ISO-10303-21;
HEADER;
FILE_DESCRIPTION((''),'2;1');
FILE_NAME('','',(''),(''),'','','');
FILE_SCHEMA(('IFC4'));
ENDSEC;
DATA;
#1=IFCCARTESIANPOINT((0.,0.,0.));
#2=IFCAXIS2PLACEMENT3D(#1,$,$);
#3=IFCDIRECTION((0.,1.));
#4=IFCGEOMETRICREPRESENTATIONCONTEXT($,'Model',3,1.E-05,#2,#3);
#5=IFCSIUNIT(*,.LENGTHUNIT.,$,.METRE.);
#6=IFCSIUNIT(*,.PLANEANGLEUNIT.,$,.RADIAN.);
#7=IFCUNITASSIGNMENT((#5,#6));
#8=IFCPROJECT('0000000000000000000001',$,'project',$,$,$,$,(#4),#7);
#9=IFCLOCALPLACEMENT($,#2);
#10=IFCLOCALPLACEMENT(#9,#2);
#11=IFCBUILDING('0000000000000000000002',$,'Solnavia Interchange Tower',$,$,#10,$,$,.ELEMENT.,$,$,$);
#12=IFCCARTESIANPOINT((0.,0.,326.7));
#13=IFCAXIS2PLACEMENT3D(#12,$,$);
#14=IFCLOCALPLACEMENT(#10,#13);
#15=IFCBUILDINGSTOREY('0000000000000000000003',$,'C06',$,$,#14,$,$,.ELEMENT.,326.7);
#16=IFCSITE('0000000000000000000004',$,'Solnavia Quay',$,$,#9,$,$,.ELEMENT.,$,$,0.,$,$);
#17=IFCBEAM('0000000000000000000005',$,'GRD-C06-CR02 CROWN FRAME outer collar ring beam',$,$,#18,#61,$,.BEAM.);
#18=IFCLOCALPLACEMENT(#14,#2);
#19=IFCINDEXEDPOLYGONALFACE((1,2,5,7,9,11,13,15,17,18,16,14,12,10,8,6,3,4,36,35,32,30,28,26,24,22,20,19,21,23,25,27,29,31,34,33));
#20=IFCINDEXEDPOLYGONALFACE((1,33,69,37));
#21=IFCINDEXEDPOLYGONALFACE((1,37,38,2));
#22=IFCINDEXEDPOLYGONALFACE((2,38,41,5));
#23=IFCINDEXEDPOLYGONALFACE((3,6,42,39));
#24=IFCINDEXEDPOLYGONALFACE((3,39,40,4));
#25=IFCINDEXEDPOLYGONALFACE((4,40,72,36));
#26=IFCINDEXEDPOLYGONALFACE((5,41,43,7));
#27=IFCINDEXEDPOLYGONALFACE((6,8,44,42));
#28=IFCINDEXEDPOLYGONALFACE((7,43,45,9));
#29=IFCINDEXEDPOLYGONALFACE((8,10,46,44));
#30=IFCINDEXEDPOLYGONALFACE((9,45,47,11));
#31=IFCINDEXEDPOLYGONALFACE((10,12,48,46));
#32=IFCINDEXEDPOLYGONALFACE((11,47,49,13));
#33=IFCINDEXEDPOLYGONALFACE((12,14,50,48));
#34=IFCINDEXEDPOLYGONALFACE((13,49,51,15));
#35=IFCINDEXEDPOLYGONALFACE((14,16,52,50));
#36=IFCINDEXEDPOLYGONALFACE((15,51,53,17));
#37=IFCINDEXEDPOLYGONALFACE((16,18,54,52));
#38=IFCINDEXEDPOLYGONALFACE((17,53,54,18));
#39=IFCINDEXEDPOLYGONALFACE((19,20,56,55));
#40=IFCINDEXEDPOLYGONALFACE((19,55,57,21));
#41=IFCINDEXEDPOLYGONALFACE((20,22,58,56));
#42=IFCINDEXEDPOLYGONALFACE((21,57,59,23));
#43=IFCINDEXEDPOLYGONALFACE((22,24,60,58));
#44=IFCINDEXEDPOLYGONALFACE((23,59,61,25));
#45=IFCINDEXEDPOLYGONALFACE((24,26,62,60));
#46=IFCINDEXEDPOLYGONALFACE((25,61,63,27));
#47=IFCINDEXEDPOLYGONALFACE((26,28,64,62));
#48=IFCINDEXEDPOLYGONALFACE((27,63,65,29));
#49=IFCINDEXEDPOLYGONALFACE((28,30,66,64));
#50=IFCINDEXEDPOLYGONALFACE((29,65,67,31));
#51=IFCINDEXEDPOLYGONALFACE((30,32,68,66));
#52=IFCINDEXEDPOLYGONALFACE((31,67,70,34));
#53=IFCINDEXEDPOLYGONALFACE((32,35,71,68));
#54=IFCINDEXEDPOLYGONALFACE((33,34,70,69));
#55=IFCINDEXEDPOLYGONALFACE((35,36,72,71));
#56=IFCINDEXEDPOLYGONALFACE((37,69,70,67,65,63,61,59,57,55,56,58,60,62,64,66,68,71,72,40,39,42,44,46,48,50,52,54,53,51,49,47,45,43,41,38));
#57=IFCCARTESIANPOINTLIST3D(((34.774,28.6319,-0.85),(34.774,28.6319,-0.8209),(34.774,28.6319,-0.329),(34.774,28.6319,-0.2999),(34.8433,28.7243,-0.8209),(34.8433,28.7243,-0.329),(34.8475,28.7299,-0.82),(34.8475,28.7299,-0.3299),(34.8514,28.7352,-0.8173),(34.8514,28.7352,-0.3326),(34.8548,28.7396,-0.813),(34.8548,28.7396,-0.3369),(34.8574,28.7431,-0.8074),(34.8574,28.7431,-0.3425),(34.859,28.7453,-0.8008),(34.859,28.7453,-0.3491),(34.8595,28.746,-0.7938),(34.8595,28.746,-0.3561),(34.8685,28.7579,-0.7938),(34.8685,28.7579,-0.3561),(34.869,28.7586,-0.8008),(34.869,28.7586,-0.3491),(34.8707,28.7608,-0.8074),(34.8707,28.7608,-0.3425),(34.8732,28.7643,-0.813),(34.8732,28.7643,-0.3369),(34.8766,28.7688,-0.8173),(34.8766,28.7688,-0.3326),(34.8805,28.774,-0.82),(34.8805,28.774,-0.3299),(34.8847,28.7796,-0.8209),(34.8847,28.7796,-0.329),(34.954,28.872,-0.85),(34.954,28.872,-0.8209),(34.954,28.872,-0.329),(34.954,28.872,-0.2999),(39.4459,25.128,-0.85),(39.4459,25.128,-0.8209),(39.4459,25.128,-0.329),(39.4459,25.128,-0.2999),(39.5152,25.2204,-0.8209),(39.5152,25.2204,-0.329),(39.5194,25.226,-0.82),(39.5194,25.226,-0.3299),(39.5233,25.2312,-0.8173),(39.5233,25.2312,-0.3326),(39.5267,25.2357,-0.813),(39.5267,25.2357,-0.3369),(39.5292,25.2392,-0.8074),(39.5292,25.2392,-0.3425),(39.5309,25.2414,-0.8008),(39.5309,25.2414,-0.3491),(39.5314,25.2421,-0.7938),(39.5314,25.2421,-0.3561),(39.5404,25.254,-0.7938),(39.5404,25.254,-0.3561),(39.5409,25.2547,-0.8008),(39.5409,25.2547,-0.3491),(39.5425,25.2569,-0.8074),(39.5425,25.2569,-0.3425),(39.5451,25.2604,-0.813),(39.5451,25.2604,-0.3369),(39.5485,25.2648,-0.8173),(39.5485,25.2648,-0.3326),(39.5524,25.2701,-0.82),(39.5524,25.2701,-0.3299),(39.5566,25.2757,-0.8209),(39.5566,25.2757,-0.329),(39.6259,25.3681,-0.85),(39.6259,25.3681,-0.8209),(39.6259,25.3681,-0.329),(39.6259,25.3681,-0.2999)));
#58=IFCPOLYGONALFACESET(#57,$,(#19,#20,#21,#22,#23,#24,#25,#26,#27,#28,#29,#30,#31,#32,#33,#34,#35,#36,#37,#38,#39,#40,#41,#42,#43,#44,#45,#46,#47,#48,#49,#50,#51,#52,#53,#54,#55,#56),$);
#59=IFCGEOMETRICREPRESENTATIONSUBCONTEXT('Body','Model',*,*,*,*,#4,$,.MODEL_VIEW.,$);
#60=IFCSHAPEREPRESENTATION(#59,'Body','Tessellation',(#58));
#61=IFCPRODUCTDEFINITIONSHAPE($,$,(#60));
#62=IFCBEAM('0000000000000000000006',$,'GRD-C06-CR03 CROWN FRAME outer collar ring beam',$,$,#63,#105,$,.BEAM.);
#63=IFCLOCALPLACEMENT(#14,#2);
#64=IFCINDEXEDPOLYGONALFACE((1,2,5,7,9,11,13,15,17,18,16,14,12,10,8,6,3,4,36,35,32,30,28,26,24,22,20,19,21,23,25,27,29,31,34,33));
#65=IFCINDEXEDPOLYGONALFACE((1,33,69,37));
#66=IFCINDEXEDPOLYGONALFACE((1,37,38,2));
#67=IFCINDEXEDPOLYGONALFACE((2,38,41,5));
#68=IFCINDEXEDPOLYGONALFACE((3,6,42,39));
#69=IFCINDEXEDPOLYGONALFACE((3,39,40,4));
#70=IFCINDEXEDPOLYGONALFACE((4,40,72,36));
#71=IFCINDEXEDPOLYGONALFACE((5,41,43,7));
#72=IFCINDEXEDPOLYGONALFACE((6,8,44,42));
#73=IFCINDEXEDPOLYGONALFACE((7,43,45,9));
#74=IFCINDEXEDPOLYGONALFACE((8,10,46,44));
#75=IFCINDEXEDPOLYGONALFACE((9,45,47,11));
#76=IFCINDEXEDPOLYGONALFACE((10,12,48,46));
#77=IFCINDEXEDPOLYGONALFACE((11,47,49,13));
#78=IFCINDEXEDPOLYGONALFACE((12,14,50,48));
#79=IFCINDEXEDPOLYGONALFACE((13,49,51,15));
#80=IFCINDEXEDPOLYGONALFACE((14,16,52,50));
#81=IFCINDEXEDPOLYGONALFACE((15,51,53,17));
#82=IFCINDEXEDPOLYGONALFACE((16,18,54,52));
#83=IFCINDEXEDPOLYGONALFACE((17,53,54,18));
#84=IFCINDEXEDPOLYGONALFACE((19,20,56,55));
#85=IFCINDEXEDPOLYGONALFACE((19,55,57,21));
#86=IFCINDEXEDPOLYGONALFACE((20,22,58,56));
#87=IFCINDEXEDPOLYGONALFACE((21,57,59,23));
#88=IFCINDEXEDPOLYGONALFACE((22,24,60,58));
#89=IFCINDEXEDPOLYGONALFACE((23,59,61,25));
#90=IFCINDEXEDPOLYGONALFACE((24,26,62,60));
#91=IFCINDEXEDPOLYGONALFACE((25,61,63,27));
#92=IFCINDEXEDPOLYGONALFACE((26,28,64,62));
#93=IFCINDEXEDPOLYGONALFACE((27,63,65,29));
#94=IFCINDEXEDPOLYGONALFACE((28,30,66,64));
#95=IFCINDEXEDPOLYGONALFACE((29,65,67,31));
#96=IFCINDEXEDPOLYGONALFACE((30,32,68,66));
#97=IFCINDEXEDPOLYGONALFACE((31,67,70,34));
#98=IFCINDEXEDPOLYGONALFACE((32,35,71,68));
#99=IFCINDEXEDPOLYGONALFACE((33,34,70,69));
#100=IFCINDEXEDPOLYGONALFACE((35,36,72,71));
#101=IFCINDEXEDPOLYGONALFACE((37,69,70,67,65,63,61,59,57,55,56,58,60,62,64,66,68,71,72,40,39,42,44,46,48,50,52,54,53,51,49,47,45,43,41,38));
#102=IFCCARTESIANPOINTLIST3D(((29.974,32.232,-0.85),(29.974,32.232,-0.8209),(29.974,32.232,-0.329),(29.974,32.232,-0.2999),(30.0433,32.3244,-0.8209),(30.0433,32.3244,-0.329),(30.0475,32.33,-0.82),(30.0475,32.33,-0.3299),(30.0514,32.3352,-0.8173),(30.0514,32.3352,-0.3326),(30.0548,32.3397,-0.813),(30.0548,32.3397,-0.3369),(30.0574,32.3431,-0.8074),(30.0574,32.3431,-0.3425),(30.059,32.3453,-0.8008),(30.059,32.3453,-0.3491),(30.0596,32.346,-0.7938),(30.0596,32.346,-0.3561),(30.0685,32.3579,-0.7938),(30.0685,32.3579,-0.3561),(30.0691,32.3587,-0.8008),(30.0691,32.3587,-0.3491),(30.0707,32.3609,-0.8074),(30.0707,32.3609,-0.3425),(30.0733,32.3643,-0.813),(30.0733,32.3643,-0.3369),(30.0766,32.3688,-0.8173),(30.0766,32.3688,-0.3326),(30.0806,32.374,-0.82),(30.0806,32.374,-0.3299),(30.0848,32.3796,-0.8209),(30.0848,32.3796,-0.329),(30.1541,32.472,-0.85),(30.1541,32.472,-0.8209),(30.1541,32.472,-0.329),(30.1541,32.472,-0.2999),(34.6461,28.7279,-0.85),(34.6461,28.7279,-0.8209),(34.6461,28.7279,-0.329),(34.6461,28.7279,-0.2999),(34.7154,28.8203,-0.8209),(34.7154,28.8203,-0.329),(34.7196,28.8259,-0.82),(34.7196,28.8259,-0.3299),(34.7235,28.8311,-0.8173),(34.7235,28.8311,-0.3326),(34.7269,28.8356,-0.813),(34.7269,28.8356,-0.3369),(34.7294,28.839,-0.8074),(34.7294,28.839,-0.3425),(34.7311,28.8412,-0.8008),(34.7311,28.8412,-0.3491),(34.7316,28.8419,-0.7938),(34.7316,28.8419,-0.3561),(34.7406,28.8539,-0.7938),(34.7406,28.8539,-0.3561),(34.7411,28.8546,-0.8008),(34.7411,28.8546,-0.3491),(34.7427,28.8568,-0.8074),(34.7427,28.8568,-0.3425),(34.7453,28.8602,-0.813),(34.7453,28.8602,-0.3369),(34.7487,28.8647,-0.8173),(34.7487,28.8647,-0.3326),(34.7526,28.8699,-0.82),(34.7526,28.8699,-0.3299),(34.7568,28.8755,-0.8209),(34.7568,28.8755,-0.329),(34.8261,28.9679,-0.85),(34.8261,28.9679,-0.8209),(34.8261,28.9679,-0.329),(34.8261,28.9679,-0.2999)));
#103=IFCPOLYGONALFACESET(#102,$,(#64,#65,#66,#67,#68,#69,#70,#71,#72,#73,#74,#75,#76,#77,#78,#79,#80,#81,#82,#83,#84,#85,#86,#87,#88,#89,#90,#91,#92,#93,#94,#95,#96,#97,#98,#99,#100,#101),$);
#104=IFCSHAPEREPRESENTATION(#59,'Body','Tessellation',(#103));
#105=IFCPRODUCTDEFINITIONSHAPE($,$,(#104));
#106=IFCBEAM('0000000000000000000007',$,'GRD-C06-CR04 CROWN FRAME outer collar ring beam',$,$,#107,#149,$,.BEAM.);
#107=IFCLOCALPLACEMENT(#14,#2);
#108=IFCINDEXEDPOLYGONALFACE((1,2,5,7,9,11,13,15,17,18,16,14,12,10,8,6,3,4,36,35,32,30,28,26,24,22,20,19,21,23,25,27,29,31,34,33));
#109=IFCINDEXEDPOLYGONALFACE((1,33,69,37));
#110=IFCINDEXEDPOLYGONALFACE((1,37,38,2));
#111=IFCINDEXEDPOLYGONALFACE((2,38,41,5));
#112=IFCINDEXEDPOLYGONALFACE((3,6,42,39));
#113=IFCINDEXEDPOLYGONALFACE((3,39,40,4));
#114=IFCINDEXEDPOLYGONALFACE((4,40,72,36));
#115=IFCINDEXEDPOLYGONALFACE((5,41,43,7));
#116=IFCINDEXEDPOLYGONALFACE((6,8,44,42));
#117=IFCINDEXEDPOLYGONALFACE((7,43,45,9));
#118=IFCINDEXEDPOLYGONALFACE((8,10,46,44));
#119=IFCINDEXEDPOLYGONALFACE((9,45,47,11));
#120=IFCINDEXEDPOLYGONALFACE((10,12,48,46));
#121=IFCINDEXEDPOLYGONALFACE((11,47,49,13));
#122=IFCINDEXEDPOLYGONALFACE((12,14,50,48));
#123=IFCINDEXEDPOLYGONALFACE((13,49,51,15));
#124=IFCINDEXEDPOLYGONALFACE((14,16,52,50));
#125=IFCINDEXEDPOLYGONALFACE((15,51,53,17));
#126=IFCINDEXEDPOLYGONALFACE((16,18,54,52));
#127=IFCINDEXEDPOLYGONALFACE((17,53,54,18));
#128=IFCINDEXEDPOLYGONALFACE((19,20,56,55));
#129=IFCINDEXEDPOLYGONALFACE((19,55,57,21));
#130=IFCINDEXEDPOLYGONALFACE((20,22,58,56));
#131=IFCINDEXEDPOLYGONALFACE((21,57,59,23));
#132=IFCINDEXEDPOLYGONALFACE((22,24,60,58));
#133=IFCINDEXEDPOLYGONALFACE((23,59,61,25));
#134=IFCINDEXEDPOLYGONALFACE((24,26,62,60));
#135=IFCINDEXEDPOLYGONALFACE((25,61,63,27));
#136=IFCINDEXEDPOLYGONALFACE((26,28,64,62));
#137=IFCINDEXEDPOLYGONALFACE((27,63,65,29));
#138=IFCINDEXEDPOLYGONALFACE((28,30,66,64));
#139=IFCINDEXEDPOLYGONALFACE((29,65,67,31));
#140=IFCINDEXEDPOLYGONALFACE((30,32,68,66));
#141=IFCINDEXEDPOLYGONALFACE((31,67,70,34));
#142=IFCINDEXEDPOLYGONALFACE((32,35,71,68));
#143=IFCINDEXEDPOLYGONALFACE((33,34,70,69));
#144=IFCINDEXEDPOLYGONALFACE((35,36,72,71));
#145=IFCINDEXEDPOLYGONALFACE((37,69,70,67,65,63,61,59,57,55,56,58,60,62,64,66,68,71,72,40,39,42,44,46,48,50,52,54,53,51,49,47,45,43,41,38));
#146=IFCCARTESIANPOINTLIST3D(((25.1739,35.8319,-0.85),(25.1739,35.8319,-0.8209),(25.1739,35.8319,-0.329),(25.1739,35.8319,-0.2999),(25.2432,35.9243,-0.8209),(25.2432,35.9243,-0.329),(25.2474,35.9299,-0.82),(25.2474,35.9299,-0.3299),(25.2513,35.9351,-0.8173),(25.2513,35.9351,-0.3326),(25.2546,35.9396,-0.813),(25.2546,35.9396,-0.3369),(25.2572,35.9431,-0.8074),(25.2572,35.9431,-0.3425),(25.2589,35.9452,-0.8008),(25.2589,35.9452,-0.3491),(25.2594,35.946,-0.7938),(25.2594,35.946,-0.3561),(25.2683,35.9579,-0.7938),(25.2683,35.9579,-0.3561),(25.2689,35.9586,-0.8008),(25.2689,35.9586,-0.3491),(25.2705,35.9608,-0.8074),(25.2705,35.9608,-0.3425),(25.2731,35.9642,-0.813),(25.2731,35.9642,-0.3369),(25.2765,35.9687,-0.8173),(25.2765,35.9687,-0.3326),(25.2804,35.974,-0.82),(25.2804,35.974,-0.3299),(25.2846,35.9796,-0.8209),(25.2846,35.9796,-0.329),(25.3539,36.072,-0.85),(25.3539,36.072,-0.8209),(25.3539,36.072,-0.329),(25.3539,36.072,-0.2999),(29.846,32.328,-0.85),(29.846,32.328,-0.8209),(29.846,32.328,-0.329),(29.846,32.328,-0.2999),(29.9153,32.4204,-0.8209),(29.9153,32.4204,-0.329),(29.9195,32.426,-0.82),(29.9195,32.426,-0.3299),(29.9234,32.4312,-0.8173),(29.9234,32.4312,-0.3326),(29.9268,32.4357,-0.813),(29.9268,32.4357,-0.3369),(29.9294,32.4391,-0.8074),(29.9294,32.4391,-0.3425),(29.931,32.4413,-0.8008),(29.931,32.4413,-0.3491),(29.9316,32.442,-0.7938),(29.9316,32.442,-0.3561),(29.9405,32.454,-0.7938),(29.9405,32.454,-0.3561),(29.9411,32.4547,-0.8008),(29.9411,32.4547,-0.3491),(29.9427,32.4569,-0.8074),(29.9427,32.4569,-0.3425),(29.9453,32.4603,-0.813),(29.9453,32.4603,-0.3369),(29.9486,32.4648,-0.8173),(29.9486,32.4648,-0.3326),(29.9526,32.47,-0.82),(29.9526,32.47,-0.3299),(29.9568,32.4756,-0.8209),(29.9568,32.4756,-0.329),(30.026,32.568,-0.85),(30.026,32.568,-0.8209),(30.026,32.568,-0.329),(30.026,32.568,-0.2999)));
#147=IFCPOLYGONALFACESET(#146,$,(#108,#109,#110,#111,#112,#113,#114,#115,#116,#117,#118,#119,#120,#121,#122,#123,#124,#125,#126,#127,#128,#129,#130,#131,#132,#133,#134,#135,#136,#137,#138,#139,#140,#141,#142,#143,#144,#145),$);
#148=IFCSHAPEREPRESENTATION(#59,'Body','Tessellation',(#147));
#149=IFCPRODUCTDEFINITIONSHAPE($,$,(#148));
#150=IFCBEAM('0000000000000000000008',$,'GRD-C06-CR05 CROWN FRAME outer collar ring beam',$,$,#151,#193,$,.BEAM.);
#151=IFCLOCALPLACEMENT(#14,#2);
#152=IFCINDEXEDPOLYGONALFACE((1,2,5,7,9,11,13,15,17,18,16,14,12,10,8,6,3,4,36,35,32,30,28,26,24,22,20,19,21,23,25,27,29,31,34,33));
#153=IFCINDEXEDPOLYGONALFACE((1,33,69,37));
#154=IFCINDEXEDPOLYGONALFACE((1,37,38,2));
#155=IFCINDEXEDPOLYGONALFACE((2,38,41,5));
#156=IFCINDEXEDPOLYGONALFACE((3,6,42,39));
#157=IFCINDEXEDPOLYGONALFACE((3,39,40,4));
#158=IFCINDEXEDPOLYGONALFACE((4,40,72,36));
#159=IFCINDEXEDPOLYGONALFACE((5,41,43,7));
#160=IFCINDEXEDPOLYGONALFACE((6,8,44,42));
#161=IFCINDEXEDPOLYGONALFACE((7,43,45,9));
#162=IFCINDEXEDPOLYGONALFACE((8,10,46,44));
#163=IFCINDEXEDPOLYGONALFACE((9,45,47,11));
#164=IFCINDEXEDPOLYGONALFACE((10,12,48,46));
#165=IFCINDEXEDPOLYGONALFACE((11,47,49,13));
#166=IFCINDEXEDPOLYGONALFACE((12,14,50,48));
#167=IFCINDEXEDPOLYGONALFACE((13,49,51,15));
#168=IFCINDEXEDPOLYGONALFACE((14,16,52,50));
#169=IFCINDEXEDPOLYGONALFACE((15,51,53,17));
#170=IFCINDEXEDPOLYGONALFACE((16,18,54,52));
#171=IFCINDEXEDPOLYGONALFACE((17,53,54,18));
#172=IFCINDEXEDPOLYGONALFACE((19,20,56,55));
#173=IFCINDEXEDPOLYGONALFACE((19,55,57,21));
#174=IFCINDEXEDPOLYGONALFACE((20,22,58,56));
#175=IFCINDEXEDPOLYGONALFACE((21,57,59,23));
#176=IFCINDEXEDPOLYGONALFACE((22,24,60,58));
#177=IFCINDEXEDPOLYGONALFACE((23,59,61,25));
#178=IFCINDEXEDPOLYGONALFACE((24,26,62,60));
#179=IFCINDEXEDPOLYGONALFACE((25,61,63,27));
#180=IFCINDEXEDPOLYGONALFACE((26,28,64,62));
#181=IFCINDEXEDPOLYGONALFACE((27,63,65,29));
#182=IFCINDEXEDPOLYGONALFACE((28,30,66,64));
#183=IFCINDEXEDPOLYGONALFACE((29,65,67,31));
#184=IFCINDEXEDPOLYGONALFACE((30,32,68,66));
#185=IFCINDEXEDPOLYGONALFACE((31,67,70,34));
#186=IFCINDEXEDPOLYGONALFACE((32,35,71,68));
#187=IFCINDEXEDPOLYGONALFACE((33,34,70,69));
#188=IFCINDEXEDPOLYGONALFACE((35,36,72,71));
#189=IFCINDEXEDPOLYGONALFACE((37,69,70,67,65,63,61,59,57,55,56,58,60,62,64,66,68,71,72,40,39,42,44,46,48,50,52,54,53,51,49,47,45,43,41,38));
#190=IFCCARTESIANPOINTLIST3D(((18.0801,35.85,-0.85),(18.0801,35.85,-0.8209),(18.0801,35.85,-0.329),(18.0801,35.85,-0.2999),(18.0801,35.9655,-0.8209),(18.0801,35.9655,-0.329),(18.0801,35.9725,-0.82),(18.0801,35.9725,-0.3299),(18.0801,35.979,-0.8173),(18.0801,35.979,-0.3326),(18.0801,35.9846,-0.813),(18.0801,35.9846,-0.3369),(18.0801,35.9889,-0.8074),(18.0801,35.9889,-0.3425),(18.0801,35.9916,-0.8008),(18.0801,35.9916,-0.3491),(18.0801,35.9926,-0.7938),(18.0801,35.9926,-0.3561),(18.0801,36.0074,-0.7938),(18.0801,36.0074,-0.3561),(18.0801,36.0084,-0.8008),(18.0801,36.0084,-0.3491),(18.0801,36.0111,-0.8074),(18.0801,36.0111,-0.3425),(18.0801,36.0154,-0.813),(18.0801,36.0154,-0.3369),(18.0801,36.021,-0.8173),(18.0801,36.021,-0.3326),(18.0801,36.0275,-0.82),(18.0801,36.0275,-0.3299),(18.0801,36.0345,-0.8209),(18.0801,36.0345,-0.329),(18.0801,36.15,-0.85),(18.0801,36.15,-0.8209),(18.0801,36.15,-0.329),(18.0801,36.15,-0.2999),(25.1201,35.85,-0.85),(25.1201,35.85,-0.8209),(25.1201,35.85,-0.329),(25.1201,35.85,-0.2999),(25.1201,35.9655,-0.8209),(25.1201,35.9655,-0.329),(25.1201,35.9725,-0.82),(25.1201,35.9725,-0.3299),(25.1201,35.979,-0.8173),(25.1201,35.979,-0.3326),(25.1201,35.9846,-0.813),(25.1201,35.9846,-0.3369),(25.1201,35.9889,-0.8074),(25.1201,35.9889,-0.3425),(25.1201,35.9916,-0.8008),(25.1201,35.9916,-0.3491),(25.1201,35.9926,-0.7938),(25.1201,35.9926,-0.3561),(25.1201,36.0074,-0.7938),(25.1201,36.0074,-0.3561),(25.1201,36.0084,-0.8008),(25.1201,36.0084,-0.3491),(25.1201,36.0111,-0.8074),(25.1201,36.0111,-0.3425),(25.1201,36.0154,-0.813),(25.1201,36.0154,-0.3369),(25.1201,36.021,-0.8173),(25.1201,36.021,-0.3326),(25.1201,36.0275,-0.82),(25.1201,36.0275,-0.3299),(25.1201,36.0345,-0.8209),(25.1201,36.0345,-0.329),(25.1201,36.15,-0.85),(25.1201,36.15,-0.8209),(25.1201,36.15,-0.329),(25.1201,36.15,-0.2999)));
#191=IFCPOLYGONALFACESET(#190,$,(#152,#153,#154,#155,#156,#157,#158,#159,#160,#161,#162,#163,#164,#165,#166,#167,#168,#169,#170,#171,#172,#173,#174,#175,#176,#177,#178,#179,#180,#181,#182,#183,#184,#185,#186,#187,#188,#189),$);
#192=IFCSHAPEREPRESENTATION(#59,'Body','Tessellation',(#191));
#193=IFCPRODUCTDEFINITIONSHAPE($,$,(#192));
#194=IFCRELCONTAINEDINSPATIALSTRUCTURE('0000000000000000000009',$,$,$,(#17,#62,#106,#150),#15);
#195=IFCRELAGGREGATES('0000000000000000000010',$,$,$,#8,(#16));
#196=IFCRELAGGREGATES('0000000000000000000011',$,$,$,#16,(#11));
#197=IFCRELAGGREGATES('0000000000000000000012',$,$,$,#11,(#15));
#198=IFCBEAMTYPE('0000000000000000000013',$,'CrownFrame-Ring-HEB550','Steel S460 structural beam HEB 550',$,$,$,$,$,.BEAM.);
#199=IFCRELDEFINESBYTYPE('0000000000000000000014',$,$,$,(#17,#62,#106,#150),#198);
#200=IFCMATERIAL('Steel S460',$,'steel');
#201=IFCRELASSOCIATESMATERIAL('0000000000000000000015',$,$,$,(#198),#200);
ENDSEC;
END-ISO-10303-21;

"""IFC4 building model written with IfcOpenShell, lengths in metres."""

from ifc_helpers import new_model, si_unit, direction, frame, origin, origin_2d, place, context, subcontext, project, spatial, i_section, extrude, material, material_profile, profile_set, type_object, element, save


model = new_model("IFC4")

# Units and contexts
model_context = context("Model", 3, precision=1e-05, world=origin(), true_north=direction((0.0, 1.0)))
body_context = subcontext(model_context, "Body", "Model", "MODEL_VIEW")
ifc_project = project(units=[si_unit("LENGTHUNIT", "METRE"), si_unit("PLANEANGLEUNIT", "RADIAN")], contexts=[model_context])

# Site, building, storey
site_placement = place(None, origin())
site = spatial("IfcSite", under=ifc_project, at=site_placement, Name="Solnavia Quay", CompositionType="ELEMENT", RefElevation=0.0)
building_placement = place(site_placement, origin())
building = spatial("IfcBuilding", under=site, at=building_placement, Name="Solnavia Interchange Tower", CompositionType="ELEMENT")
storey_placement = place(building_placement, frame((0.0, 0.0, 326.7)))
storey = spatial("IfcBuildingStorey", under=building, at=storey_placement, Name="C06", CompositionType="ELEMENT", Elevation=326.7)

# Shared definitions
ifc_material_1 = material(Name="Steel S460", Category="steel")

# Beams
ifc_material_profile_1 = material_profile(ifc_material_1, i_section(OverallWidth=0.3, OverallDepth=0.55, WebThickness=0.0149, FlangeThickness=0.0291, FilletRadius=0.0271, at=origin_2d()), Name="HEB 550")
ifc_profile_set_1 = profile_set([ifc_material_profile_1], Name="Steel S460")
beam_type_1 = type_object("IfcBeamType", Name="CrownFrame-Ring-HEB550", Description="Steel S460 structural beam HEB 550", PredefinedType="BEAM", material=ifc_profile_set_1)
beam_1_placement = place(storey_placement, frame((39.5359, 25.248, -0.575), z_axis=(-0.8, 0.6, 0.0), x_axis=(-0.6, -0.8, 0.0)))
element("IfcBeam", 1, at=beam_1_placement, inside=storey, type_object=beam_type_1, Name="GRD-C06-CR02 CROWN FRAME outer collar ring beam", PredefinedType="BEAM", context=body_context, shape_type="SweptSolid", body=[
    extrude(i_section(OverallWidth=0.3, OverallDepth=0.55, WebThickness=0.0149, FlangeThickness=0.0291, FilletRadius=0.0271, at=origin_2d()), origin(), (0.0, 0.0, 1.0), 5.8398),
])
for number, where, z_axis, x_axis, name in (
    (2, (34.7361, 28.8479, -0.575), (-0.799995, 0.600007, 0.0), (-0.600007, -0.799995, 0.0), "GRD-C06-CR03 CROWN FRAME outer collar ring beam"),
    (3, (29.936, 32.448, -0.575), (-0.800015, 0.59998, 0.0), (-0.59998, -0.800015, 0.0), "GRD-C06-CR04 CROWN FRAME outer collar ring beam"),
):
    element("IfcBeam", number, at=place(storey_placement, frame(where, z_axis=z_axis, x_axis=x_axis)), inside=storey, type_object=beam_type_1, Name=name, PredefinedType="BEAM", context=body_context, shape_type="SweptSolid", body=[
        extrude(i_section(OverallWidth=0.3, OverallDepth=0.55, WebThickness=0.0149, FlangeThickness=0.0291, FilletRadius=0.0271, at=origin_2d()), origin(), (0.0, 0.0, 1.0), 5.8401),
    ])
beam_2_placement = place(storey_placement, frame((25.1201, 36.0, -0.575), z_axis=(-1.0, 0.0, 0.0), x_axis=(0.0, -1.0, 0.0)))
element("IfcBeam", 4, at=beam_2_placement, inside=storey, type_object=beam_type_1, Name="GRD-C06-CR05 CROWN FRAME outer collar ring beam", PredefinedType="BEAM", context=body_context, shape_type="SweptSolid", body=[
    extrude(i_section(OverallWidth=0.3, OverallDepth=0.55, WebThickness=0.0149, FlangeThickness=0.0291, FilletRadius=0.0271, at=origin_2d()), origin(), (0.0, 0.0, 1.0), 7.04),
])

save(model, "model.ifc")
